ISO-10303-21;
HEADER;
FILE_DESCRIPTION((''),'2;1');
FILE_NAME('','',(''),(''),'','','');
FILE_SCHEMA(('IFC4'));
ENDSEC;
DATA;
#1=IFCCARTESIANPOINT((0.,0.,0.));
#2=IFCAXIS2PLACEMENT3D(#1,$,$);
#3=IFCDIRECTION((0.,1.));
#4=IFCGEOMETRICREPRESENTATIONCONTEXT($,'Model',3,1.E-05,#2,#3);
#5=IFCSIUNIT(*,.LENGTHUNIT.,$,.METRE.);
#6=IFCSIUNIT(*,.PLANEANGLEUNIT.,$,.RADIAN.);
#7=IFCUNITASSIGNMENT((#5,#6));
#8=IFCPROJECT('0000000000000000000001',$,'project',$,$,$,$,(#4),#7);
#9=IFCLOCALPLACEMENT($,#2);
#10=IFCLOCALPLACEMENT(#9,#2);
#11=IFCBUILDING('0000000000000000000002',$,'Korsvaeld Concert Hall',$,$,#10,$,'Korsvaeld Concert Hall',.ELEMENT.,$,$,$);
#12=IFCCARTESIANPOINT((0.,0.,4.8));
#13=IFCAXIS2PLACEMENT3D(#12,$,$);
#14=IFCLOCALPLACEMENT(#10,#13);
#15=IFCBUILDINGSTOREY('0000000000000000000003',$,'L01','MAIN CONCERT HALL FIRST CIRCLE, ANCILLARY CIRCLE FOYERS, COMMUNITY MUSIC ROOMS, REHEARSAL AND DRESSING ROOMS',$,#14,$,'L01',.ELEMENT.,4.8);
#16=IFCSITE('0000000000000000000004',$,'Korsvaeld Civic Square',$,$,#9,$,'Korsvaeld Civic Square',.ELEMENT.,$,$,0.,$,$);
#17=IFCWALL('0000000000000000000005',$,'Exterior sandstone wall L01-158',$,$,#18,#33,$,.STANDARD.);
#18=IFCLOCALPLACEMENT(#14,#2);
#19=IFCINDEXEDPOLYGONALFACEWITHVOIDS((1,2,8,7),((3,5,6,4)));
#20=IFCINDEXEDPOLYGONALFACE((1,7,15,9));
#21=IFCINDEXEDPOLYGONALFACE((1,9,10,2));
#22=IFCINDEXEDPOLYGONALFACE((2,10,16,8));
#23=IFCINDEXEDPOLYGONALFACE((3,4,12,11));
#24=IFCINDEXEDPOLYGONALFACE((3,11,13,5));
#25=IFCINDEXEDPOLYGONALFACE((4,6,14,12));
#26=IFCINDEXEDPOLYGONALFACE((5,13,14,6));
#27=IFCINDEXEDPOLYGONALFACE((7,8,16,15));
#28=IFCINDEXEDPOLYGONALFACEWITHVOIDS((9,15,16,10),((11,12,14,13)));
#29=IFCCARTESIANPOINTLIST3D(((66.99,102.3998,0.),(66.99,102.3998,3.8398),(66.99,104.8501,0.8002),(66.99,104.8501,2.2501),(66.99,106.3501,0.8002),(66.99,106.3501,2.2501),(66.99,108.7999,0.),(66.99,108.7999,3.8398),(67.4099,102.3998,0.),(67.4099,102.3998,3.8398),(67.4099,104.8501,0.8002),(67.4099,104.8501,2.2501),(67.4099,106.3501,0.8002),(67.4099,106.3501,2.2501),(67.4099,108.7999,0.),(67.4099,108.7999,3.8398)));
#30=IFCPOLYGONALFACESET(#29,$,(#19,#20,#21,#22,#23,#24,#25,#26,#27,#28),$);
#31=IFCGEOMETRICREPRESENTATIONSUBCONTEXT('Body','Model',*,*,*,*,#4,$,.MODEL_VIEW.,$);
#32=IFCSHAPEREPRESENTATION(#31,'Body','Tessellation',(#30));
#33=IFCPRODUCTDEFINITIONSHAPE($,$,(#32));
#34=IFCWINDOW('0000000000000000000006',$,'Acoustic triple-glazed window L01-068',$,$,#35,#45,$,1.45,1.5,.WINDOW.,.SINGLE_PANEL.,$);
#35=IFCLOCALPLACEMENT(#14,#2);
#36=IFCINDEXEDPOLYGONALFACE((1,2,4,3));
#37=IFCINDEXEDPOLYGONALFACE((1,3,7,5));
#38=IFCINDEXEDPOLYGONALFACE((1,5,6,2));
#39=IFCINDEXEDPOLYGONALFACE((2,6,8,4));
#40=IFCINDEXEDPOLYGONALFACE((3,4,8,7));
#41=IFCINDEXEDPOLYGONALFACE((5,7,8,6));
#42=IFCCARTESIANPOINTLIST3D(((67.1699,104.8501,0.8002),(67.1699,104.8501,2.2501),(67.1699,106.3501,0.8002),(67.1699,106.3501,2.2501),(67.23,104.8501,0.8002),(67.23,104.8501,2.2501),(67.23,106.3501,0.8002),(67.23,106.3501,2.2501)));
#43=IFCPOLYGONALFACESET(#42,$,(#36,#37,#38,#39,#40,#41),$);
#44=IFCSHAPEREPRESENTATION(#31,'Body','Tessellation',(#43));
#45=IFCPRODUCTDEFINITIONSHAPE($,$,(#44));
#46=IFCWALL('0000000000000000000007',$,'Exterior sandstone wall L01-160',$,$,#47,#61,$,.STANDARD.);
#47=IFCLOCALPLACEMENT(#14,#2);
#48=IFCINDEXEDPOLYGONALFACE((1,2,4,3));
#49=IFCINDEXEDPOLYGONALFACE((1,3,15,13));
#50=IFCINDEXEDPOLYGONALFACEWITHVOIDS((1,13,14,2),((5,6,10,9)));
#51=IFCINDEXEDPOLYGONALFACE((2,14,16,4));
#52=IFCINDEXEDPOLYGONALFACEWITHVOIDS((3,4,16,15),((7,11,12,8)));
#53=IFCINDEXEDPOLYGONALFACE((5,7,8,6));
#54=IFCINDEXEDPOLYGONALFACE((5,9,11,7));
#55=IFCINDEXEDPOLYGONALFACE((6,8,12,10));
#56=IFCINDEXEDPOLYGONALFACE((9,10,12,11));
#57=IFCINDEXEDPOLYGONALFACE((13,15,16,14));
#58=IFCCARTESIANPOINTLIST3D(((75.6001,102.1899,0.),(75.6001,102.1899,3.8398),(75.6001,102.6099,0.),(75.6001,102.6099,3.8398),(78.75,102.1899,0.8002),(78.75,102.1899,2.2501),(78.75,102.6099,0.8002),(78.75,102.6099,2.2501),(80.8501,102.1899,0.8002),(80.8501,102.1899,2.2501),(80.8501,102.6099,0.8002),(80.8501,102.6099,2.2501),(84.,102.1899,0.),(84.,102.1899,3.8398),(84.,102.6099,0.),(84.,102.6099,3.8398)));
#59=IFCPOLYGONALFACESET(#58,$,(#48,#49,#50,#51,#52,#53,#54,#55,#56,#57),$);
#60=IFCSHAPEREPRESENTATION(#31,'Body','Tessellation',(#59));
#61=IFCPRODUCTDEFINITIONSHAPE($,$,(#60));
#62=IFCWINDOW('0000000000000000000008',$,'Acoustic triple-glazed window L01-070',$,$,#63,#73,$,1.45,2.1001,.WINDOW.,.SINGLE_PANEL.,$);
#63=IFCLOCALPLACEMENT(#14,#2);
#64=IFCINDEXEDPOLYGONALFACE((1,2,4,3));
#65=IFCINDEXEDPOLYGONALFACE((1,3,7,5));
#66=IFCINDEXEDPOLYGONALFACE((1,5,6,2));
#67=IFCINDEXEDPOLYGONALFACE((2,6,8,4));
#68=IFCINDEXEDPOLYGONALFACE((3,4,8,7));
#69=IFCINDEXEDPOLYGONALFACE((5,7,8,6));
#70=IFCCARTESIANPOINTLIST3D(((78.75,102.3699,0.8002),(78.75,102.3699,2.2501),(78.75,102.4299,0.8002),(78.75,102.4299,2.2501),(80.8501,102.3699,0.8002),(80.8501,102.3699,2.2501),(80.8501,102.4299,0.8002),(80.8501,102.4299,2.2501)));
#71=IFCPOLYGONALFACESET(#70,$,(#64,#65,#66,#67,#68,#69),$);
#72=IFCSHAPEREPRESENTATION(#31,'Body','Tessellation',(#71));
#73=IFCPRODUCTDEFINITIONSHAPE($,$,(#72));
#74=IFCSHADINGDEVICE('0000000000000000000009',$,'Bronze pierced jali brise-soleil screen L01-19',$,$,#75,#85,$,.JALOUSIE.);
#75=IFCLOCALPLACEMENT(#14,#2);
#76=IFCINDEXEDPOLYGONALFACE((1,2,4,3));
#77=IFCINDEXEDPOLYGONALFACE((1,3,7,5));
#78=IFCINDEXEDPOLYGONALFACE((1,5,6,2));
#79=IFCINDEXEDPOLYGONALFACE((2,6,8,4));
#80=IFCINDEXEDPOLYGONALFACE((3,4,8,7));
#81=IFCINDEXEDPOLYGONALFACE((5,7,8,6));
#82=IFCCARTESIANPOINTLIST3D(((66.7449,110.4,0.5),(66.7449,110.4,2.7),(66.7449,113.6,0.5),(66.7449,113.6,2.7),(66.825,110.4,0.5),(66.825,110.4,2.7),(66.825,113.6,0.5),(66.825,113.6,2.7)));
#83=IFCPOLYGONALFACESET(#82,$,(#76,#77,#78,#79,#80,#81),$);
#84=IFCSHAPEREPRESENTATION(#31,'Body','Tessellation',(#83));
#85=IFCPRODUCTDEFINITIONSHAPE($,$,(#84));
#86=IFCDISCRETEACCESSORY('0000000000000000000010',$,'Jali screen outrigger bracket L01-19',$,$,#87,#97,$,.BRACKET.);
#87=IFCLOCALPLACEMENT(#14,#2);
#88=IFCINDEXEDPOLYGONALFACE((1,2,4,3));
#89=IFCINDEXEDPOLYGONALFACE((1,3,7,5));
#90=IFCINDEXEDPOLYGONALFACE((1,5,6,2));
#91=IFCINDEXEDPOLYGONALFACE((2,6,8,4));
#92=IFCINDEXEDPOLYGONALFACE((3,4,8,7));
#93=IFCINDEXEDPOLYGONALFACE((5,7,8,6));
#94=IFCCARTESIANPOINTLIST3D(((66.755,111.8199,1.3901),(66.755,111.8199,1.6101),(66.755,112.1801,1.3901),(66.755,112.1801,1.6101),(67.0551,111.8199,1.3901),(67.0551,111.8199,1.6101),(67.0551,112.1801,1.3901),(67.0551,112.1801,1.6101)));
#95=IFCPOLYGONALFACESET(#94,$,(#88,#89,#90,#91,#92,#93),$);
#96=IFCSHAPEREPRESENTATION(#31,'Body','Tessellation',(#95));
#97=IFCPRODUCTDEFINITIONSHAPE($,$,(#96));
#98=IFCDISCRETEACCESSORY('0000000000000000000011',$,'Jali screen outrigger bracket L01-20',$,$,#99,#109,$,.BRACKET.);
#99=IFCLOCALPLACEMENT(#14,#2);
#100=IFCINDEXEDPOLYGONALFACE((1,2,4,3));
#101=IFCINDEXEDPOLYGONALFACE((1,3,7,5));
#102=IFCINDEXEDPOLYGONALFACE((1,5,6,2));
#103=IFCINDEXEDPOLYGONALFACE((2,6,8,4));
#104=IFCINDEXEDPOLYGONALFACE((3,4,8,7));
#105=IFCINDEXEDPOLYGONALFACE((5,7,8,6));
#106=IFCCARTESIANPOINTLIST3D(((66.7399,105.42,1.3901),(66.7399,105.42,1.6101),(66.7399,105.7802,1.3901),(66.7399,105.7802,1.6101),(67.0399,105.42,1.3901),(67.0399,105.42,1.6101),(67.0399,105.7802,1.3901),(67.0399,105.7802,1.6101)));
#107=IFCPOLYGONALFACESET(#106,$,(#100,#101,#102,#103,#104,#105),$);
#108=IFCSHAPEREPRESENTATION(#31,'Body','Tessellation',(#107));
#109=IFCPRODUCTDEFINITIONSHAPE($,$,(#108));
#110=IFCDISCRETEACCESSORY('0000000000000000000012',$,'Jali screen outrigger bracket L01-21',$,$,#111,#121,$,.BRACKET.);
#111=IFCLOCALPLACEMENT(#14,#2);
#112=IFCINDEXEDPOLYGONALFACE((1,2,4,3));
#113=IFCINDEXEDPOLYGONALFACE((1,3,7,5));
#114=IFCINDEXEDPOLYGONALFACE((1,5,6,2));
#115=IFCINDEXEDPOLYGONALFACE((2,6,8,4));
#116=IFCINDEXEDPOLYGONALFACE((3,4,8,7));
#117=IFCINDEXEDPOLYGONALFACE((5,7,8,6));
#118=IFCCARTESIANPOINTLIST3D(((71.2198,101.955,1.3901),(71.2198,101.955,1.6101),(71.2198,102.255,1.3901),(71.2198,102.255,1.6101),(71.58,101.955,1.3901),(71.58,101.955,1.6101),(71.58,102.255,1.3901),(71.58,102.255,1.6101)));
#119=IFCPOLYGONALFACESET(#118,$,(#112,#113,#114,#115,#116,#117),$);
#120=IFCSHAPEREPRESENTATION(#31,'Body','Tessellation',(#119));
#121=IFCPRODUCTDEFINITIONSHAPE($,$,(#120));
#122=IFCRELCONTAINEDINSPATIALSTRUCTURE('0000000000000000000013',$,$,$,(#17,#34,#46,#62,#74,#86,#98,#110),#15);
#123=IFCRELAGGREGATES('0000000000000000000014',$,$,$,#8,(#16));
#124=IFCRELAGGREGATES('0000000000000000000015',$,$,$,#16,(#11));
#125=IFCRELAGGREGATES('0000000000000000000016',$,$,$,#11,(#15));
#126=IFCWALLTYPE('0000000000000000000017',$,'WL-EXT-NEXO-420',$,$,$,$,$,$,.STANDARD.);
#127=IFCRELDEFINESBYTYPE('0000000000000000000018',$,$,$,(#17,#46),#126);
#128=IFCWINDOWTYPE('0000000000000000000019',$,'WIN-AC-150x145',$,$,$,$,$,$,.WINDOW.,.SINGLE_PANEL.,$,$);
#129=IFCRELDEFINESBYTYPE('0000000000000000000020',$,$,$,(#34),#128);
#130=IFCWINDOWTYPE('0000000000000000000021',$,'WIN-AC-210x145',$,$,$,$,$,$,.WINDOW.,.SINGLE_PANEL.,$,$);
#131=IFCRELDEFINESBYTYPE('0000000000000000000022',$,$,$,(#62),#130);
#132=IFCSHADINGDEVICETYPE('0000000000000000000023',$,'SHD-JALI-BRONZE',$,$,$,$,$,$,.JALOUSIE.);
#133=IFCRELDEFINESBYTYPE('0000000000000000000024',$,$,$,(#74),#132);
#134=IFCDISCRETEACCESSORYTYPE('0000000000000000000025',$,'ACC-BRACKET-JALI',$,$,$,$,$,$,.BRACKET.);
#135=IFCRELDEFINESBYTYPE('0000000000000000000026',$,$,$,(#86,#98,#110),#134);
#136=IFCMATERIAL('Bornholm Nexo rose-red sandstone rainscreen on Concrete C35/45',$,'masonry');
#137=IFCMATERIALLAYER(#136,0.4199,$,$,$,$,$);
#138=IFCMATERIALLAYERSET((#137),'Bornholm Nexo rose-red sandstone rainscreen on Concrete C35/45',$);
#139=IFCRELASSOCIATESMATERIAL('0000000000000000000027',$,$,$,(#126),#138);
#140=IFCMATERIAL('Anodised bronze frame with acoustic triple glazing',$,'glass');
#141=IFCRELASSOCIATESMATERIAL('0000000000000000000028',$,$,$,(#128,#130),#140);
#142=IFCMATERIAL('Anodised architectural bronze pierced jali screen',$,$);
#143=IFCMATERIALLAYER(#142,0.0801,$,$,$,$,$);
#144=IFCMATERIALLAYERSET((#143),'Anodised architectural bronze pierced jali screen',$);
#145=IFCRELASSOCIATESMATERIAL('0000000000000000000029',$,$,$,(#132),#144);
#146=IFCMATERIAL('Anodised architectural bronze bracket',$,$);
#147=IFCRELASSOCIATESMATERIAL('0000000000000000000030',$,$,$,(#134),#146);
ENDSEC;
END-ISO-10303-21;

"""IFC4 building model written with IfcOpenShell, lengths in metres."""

from ifc_helpers import new_model, si_unit, direction, frame, frame_2d, origin, origin_2d, place, context, subcontext, project, spatial, rectangle, extrude, material, layer, layer_set, type_object, element, fill, save


model = new_model("IFC4")

# Units and contexts
model_context = context("Model", 3, precision=1e-05, world=origin(), true_north=direction((0.0, 1.0)))
body_context = subcontext(model_context, "Body", "Model", "MODEL_VIEW")
ifc_project = project(units=[si_unit("LENGTHUNIT", "METRE"), si_unit("PLANEANGLEUNIT", "RADIAN")], contexts=[model_context])

# Site, building, storey
site_placement = place(None, origin())
site = spatial("IfcSite", under=ifc_project, at=site_placement, Name="Korsvaeld Civic Square", LongName="Korsvaeld Civic Square", CompositionType="ELEMENT", RefElevation=0.0)
building_placement = place(site_placement, origin())
building = spatial("IfcBuilding", under=site, at=building_placement, Name="Korsvaeld Concert Hall", LongName="Korsvaeld Concert Hall", CompositionType="ELEMENT")
storey_placement = place(building_placement, frame((0.0, 0.0, 4.8)))
storey = spatial("IfcBuildingStorey", under=building, at=storey_placement, Name="L01", Description="MAIN CONCERT HALL FIRST CIRCLE, ANCILLARY CIRCLE FOYERS, COMMUNITY MUSIC ROOMS, REHEARSAL AND DRESSING ROOMS", LongName="L01", CompositionType="ELEMENT", Elevation=4.8)

# Walls, openings, windows
ifc_material_1 = material(Name="Anodised bronze frame with acoustic triple glazing", Category="glass")
ifc_material_2 = material(Name="Bornholm Nexo rose-red sandstone rainscreen on Concrete C35/45", Category="masonry")
ifc_layer_1 = layer(ifc_material_2, 0.4199)
ifc_layer_set_1 = layer_set([ifc_layer_1], Name="Bornholm Nexo rose-red sandstone rainscreen on Concrete C35/45")
wall_type_1 = type_object("IfcWallType", Name="WL-EXT-NEXO-420", PredefinedType="STANDARD", material=ifc_layer_set_1)
wall_1_placement = place(storey_placement, frame((67.2, 108.8, 0.0), z_axis=(0.0, 0.0, 1.0), x_axis=(0.0, -1.0, 0.0)))
wall_1 = element("IfcWall", 1, at=wall_1_placement, inside=storey, type_object=wall_type_1, Name="Exterior sandstone wall L01-158", PredefinedType="STANDARD", context=body_context, shape_type="SweptSolid", body=[
    extrude(rectangle(XDim=6.4001, YDim=0.4199, at=frame_2d((3.2002, 0.0))), origin(), (0.0, 0.0, 1.0), 3.8398),
])
opening_1_placement = place(wall_1_placement, frame((2.45, 0.0, 0.8)))
opening_1 = element("IfcOpeningElement", 2, at=opening_1_placement, cuts=wall_1, PredefinedType="OPENING", context=body_context, shape_type="SweptSolid", body=[
    extrude(rectangle(XDim=1.5, YDim=1.45, at=frame_2d((0.75, 0.7251))), frame((0.0, 0.22, 0.0), z_axis=(0.0, -1.0, 0.0), x_axis=(1.0, 0.0, 0.0)), (0.0, 0.0, 1.0), 0.4399),
])
window_type_1 = type_object("IfcWindowType", Name="WIN-AC-150x145", PartitioningType="SINGLE_PANEL", PredefinedType="WINDOW", material=ifc_material_1)
window_1_placement = place(opening_1_placement, origin())
window_1 = element("IfcWindow", 3, at=window_1_placement, inside=storey, type_object=window_type_1, Name="Acoustic triple-glazed window L01-068", OverallHeight=1.45, OverallWidth=1.5, PartitioningType="SINGLE_PANEL", PredefinedType="WINDOW", context=body_context, shape_type="SweptSolid", body=[
    extrude(rectangle(XDim=1.5, YDim=1.45, at=frame_2d((0.75, 0.7251))), frame((0.0, 0.03, 0.0), z_axis=(0.0, -1.0, 0.0), x_axis=(1.0, 0.0, 0.0)), (0.0, 0.0, 1.0), 0.0601),
])
fill(opening_1, window_1)
wall_2_placement = place(storey_placement, frame((75.6001, 102.3999, 0.0), z_axis=(0.0, 0.0, 1.0), x_axis=(1.0, 0.0, 0.0)))
wall_2 = element("IfcWall", 4, at=wall_2_placement, inside=storey, type_object=wall_type_1, Name="Exterior sandstone wall L01-160", PredefinedType="STANDARD", context=body_context, shape_type="SweptSolid", body=[
    extrude(rectangle(XDim=8.3999, YDim=0.4199, at=frame_2d((4.2, 0.0))), origin(), (0.0, 0.0, 1.0), 3.8398),
])
opening_2_placement = place(wall_2_placement, frame((3.1499, 0.0, 0.8)))
opening_2 = element("IfcOpeningElement", 5, at=opening_2_placement, cuts=wall_2, PredefinedType="OPENING", context=body_context, shape_type="SweptSolid", body=[
    extrude(rectangle(XDim=2.1001, YDim=1.45, at=frame_2d((1.05, 0.7251))), frame((0.0, 0.22, 0.0), z_axis=(0.0, -1.0, 0.0), x_axis=(1.0, 0.0, 0.0)), (0.0, 0.0, 1.0), 0.4399),
])
window_type_2 = type_object("IfcWindowType", Name="WIN-AC-210x145", PartitioningType="SINGLE_PANEL", PredefinedType="WINDOW", material=ifc_material_1)
window_2_placement = place(opening_2_placement, origin())
window_2 = element("IfcWindow", 6, at=window_2_placement, inside=storey, type_object=window_type_2, Name="Acoustic triple-glazed window L01-070", OverallHeight=1.45, OverallWidth=2.1001, PartitioningType="SINGLE_PANEL", PredefinedType="WINDOW", context=body_context, shape_type="SweptSolid", body=[
    extrude(rectangle(XDim=2.1001, YDim=1.45, at=frame_2d((1.05, 0.7251))), frame((0.0, 0.03, 0.0), z_axis=(0.0, -1.0, 0.0), x_axis=(1.0, 0.0, 0.0)), (0.0, 0.0, 1.0), 0.0601),
])
fill(opening_2, window_2)

# Shading device
ifc_material_3 = material(Name="Anodised architectural bronze pierced jali screen")
ifc_layer_2 = layer(ifc_material_3, 0.0801)
ifc_layer_set_2 = layer_set([ifc_layer_2], Name="Anodised architectural bronze pierced jali screen")
shading_device_type = type_object("IfcShadingDeviceType", Name="SHD-JALI-BRONZE", PredefinedType="JALOUSIE", material=ifc_layer_set_2)
shading_device_placement = place(storey_placement, frame((66.7849, 112.0, 0.5), z_axis=(0.0, 0.0, 1.0), x_axis=(0.0, -1.0, 0.0)))
element("IfcShadingDevice", 7, at=shading_device_placement, inside=storey, type_object=shading_device_type, Name="Bronze pierced jali brise-soleil screen L01-19", PredefinedType="JALOUSIE", context=body_context, shape_type="SweptSolid", body=[
    extrude(rectangle(XDim=3.2, YDim=0.0801, at=origin_2d()), origin(), (0.0, 0.0, 1.0), 2.2),
])

# Discrete accessories
ifc_material_4 = material(Name="Anodised architectural bronze bracket")
discrete_accessory_type = type_object("IfcDiscreteAccessoryType", Name="ACC-BRACKET-JALI", PredefinedType="BRACKET", material=ifc_material_4)
for number, where, z_axis, x_axis, name in (
    (8, (66.905, 112.0, 1.3901), (0.0, 0.0, 1.0), (0.0, -1.0, 0.0), "Jali screen outrigger bracket L01-19"),
    (9, (66.8899, 105.6001, 1.3901), (0.0, 0.0, 1.0), (0.0, -1.0, 0.0), "Jali screen outrigger bracket L01-20"),
    (10, (71.3999, 102.105, 1.3901), (0.0, 0.0, 1.0), (1.0, 0.0, 0.0), "Jali screen outrigger bracket L01-21"),
):
    element("IfcDiscreteAccessory", number, at=place(storey_placement, frame(where, z_axis=z_axis, x_axis=x_axis)), inside=storey, type_object=discrete_accessory_type, Name=name, PredefinedType="BRACKET", context=body_context, shape_type="SweptSolid", body=[
        extrude(rectangle(XDim=0.3601, YDim=0.3, at=origin_2d()), origin(), (0.0, 0.0, 1.0), 0.22),
    ])

save(model, "model.ifc")
